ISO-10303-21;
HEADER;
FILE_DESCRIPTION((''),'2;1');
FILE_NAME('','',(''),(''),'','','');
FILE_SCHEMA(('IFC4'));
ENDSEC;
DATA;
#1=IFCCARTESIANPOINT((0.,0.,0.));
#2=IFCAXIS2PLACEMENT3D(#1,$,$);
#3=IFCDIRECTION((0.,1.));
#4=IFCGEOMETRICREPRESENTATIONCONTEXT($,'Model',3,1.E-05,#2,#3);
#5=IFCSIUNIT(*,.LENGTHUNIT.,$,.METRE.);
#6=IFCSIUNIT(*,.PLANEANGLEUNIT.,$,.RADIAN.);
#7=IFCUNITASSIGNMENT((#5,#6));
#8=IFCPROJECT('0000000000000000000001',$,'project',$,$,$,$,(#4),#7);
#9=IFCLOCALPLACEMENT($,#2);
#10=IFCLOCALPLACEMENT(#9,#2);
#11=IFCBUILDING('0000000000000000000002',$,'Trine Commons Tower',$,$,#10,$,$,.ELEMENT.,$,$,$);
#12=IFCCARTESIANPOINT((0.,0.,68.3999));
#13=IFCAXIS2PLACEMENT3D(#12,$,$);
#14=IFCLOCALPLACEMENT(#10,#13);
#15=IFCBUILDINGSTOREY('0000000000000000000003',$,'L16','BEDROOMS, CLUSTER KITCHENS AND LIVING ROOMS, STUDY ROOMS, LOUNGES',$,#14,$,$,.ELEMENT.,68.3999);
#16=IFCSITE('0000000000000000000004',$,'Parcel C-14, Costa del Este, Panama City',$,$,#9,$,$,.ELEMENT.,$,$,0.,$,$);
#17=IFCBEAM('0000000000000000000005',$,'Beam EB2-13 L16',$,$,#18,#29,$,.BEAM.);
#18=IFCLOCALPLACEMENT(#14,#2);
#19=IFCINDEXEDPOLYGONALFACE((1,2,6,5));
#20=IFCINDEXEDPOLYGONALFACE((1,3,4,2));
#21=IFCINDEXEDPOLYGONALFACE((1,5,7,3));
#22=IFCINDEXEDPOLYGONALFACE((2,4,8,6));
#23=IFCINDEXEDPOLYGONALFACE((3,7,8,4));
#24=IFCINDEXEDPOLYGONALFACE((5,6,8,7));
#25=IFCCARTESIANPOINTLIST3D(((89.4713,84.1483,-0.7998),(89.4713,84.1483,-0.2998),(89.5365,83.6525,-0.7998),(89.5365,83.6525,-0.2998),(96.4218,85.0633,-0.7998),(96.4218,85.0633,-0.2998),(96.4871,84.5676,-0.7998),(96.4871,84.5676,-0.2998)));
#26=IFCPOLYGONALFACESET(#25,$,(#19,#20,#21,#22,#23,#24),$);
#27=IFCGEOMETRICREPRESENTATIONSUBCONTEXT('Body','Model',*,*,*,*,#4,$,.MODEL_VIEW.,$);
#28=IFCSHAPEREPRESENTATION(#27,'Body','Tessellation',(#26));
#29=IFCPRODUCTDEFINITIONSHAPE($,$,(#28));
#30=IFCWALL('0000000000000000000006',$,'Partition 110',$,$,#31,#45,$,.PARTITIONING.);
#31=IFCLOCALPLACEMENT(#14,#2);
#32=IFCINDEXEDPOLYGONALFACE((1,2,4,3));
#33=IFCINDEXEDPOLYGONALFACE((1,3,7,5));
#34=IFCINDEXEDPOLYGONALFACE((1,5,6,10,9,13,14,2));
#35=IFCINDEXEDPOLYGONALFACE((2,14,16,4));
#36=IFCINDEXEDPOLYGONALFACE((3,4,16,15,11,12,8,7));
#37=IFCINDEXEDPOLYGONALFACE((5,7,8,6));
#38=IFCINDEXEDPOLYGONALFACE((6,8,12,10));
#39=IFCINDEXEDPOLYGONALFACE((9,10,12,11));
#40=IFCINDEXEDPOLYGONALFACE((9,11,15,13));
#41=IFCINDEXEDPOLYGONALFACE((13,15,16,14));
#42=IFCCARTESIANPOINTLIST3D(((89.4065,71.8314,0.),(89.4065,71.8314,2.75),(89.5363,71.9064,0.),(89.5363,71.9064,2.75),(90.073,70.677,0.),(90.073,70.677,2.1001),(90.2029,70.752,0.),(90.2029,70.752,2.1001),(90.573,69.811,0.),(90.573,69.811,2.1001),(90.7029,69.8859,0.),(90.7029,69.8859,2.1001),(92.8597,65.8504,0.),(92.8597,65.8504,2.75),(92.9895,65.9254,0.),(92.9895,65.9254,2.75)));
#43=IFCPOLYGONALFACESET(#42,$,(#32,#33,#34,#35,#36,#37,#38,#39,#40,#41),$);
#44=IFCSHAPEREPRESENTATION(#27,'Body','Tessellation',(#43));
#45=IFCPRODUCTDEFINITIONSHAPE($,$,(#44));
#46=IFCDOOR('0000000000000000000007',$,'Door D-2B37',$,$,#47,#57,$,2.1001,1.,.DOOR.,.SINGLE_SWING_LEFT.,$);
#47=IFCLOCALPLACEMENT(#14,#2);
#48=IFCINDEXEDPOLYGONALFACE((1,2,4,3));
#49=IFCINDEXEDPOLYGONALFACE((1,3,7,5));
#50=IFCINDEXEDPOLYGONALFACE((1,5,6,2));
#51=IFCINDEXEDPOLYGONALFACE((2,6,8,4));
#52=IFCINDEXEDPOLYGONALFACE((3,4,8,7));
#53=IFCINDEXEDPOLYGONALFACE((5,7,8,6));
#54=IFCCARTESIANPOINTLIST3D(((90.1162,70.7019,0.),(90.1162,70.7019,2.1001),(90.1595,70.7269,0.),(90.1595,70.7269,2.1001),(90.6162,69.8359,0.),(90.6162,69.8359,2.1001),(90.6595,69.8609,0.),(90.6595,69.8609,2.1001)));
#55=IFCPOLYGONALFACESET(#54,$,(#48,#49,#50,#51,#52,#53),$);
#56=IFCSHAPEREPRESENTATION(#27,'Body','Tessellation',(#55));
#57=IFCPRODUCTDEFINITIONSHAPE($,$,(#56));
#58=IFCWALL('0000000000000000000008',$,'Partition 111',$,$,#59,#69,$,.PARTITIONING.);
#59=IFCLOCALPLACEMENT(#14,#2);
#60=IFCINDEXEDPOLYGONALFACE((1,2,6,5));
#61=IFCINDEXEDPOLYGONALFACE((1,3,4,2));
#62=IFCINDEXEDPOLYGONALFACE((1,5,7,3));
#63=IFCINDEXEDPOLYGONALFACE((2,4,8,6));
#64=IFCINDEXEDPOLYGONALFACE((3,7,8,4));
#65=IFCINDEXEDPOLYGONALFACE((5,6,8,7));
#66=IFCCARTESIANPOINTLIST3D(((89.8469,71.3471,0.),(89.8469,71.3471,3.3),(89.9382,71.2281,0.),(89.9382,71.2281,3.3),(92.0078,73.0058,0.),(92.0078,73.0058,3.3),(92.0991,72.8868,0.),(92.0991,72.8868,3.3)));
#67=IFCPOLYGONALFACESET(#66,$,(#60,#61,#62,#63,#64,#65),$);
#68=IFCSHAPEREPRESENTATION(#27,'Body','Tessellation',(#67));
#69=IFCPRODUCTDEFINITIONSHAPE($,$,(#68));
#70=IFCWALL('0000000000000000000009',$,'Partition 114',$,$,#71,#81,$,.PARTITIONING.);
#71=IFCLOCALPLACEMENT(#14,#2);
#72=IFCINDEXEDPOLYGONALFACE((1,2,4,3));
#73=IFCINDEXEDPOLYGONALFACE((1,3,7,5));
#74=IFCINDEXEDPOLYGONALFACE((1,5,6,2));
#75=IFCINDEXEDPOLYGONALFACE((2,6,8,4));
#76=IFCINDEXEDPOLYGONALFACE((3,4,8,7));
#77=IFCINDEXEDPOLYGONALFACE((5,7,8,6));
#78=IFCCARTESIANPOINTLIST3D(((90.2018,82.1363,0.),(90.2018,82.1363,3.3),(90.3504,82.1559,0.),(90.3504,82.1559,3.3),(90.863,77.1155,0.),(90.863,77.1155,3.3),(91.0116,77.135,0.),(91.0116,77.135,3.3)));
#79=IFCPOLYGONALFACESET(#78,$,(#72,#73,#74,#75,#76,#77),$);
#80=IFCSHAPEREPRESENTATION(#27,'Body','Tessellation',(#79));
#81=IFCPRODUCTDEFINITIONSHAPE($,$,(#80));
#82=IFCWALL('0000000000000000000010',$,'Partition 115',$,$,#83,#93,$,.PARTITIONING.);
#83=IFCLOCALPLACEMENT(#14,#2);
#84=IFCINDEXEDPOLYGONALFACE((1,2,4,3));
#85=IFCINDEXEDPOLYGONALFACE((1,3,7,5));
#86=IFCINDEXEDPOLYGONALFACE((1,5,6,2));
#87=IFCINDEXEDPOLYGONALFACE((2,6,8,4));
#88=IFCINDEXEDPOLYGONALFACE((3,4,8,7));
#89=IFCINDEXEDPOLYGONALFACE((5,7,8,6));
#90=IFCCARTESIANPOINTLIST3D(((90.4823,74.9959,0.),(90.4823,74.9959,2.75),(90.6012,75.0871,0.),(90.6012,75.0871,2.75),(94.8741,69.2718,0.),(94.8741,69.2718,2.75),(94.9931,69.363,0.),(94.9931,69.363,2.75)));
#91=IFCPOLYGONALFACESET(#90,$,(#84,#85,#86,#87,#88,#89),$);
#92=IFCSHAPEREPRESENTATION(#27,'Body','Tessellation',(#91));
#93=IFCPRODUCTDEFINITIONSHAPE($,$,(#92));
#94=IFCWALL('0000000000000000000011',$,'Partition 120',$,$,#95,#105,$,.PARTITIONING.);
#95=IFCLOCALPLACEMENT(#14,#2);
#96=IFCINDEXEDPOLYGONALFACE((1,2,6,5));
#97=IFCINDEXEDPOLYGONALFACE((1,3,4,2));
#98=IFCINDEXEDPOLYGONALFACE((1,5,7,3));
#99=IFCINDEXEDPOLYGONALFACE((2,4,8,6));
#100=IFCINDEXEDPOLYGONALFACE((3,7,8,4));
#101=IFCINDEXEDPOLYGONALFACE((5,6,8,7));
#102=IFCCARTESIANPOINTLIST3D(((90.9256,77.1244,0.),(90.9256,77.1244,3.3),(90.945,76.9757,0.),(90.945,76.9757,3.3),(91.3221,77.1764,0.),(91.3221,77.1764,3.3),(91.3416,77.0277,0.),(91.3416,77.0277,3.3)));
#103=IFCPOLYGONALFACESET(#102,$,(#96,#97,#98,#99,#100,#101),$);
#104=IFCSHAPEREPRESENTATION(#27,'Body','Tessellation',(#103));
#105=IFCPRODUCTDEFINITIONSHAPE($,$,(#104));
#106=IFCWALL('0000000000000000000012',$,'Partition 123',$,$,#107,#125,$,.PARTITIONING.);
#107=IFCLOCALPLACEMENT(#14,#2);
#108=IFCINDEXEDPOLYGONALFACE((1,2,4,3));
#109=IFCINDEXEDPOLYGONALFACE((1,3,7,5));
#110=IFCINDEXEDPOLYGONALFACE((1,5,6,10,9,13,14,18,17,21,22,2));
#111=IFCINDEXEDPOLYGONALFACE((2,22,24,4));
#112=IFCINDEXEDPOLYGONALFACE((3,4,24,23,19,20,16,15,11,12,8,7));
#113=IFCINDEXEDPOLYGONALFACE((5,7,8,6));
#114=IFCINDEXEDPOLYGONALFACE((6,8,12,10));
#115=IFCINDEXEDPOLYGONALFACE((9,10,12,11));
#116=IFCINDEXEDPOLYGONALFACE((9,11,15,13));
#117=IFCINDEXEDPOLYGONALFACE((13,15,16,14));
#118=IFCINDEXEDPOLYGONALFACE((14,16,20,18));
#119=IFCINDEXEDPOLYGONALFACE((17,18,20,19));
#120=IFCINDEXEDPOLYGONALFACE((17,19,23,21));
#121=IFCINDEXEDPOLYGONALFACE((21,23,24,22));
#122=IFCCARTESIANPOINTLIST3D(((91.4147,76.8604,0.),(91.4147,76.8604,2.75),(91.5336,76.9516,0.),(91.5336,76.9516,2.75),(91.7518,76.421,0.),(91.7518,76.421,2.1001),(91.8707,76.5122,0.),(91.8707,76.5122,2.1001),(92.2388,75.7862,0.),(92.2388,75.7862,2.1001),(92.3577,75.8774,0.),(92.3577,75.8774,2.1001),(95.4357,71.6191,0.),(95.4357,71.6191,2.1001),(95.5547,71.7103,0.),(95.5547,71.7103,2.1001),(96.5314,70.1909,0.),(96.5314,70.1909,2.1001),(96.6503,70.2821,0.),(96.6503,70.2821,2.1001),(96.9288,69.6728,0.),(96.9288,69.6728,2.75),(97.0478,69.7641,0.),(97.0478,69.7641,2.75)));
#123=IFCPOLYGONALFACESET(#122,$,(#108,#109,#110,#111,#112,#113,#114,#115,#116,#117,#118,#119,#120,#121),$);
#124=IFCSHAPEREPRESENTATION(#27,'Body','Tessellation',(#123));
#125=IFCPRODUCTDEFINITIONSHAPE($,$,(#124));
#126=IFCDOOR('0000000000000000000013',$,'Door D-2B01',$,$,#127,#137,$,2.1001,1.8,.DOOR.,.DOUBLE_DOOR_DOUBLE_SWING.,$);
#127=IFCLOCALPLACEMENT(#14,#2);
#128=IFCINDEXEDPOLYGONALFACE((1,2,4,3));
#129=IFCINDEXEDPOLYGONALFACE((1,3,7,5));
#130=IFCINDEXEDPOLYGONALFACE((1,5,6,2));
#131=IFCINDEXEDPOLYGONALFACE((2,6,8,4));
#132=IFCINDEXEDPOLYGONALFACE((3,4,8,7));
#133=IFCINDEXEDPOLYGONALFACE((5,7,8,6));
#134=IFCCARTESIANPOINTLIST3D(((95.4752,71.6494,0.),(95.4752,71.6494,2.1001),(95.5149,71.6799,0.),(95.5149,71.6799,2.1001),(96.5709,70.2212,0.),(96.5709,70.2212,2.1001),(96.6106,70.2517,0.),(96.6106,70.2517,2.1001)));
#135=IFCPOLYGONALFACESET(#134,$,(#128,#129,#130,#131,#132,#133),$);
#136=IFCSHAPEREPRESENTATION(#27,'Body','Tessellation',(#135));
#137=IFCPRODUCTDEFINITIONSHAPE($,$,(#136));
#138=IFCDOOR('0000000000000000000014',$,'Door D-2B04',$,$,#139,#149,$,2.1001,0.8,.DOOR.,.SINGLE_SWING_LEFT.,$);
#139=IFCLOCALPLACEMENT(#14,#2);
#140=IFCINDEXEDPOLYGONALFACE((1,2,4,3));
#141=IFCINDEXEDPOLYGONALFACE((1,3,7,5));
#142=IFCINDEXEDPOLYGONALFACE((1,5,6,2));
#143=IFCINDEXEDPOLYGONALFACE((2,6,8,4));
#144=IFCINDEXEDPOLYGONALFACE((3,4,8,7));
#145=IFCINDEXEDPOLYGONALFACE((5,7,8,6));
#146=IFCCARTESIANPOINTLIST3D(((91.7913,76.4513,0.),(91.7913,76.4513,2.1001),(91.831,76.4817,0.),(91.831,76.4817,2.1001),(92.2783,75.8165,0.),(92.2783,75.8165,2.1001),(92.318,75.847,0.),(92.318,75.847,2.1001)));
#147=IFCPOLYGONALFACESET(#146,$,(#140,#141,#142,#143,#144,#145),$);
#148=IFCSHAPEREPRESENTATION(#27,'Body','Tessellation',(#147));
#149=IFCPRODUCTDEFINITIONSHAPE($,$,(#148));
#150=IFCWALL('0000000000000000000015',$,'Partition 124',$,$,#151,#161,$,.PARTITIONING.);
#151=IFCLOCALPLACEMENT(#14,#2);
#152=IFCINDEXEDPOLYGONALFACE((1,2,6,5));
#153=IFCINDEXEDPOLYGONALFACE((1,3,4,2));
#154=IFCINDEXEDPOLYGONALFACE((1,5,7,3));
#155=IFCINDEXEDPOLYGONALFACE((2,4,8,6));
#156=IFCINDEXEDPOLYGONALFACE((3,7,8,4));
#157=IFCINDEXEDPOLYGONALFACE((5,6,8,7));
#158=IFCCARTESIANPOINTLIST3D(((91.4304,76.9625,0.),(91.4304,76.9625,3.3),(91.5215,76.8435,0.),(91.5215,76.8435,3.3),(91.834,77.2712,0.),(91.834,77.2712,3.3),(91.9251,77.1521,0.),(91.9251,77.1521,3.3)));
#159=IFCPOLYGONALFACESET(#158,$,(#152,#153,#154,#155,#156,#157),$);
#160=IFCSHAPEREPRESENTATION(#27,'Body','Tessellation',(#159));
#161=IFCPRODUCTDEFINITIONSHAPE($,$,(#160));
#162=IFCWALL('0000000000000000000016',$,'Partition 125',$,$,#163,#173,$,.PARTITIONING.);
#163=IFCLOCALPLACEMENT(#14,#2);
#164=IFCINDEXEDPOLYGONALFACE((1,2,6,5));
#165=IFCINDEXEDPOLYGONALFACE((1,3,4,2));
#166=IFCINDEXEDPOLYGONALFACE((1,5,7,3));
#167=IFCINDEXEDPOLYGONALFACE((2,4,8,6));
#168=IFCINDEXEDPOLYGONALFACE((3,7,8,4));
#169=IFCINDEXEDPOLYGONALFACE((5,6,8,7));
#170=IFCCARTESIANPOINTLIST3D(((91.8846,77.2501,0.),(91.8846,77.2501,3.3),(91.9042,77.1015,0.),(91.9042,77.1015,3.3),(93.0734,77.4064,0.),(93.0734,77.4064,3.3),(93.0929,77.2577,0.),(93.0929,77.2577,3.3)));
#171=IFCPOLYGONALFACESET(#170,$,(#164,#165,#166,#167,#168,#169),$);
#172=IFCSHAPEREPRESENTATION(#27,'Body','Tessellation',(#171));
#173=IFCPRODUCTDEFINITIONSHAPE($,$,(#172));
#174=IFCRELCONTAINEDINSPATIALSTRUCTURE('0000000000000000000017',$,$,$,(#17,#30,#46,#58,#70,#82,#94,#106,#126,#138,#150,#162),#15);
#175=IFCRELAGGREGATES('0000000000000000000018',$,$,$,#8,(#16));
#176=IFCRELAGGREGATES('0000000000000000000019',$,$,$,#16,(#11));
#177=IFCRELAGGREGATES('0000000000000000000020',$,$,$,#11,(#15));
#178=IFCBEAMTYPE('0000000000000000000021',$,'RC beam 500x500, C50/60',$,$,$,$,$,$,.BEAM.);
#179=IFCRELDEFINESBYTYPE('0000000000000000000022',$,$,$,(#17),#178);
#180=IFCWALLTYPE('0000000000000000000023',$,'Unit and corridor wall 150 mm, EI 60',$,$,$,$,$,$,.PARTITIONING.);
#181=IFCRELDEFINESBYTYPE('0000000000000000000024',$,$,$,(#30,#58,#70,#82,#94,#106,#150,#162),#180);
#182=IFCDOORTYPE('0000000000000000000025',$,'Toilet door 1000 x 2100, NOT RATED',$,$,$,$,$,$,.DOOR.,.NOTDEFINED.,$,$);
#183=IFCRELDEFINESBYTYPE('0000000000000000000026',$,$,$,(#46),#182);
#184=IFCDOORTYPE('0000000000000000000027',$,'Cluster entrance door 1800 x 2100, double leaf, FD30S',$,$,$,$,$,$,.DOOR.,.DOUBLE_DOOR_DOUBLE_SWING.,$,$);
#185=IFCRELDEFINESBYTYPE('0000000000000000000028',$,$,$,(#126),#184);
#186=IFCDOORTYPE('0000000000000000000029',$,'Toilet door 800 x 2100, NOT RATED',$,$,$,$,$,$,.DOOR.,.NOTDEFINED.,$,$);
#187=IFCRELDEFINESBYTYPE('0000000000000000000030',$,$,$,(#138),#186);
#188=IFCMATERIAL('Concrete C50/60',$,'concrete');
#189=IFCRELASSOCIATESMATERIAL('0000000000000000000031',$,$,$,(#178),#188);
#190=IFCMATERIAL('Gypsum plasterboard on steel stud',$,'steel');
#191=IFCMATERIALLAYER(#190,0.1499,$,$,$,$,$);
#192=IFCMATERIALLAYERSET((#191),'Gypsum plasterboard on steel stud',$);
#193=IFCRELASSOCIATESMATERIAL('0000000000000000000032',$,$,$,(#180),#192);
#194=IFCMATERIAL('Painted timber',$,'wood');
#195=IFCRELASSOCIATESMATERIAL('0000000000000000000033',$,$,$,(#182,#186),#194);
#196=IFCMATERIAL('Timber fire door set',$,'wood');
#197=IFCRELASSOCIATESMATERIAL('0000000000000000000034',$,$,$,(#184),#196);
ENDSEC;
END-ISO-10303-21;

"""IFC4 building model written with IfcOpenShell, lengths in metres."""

from ifc_helpers import new_model, si_unit, direction, frame, frame_2d, origin, origin_2d, place, context, subcontext, project, spatial, rectangle, extrude, material, layer, layer_set, material_profile, profile_set, type_object, element, fill, save


model = new_model("IFC4")

# Units and contexts
model_context = context("Model", 3, precision=1e-05, world=origin(), true_north=direction((0.0, 1.0)))
body_context = subcontext(model_context, "Body", "Model", "MODEL_VIEW")
ifc_project = project(units=[si_unit("LENGTHUNIT", "METRE"), si_unit("PLANEANGLEUNIT", "RADIAN")], contexts=[model_context])

# Site, building, storey
site_placement = place(None, origin())
site = spatial("IfcSite", under=ifc_project, at=site_placement, Name="Parcel C-14, Costa del Este, Panama City", CompositionType="ELEMENT", RefElevation=0.0)
building_placement = place(site_placement, origin())
building = spatial("IfcBuilding", under=site, at=building_placement, Name="Trine Commons Tower", CompositionType="ELEMENT")
storey_placement = place(building_placement, frame((0.0, 0.0, 68.3999)))
storey = spatial("IfcBuildingStorey", under=building, at=storey_placement, Name="L16", Description="BEDROOMS, CLUSTER KITCHENS AND LIVING ROOMS, STUDY ROOMS, LOUNGES", CompositionType="ELEMENT", Elevation=68.3999)

# Beam
ifc_material_1 = material(Name="Concrete C50/60", Category="concrete")
ifc_material_profile = material_profile(ifc_material_1, rectangle(XDim=0.5, YDim=0.5, at=origin_2d()), Name="RC 500x500")
ifc_profile_set = profile_set([ifc_material_profile], Name="Concrete C50/60")
beam_type = type_object("IfcBeamType", Name="RC beam 500x500, C50/60", PredefinedType="BEAM", material=ifc_profile_set)
beam_placement = place(storey_placement, frame((89.5039, 83.9004, -0.5498), z_axis=(0.991445, 0.130526, 0.0), x_axis=(-0.130526, 0.991445, 0.0)))
element("IfcBeam", 1, at=beam_placement, inside=storey, type_object=beam_type, Name="Beam EB2-13 L16", PredefinedType="BEAM", context=body_context, shape_type="SweptSolid", body=[
    extrude(rectangle(XDim=0.5, YDim=0.5, at=origin_2d()), origin(), (0.0, 0.0, 1.0), 7.0105),
])

# Wall, opening, door
ifc_material_2 = material(Name="Gypsum plasterboard on steel stud", Category="steel")
ifc_layer_1 = layer(ifc_material_2, 0.1499)
ifc_layer_set_1 = layer_set([ifc_layer_1], Name="Gypsum plasterboard on steel stud")
wall_type_1 = type_object("IfcWallType", Name="Unit and corridor wall 150 mm, EI 60", PredefinedType="PARTITIONING", material=ifc_layer_set_1)
wall_1_placement = place(storey_placement, frame((89.4714, 71.8689, 0.0), z_axis=(0.0, 0.0, 1.0), x_axis=(0.500002, -0.866024, 0.0)))
wall_1 = element("IfcWall", 2, at=wall_1_placement, inside=storey, type_object=wall_type_1, Name="Partition 110", PredefinedType="PARTITIONING", context=body_context, shape_type="SweptSolid", body=[
    extrude(rectangle(XDim=6.9062, YDim=0.1499, at=frame_2d((3.4531, 0.0))), origin(), (0.0, 0.0, 1.0), 2.75),
])
opening_1_placement = place(wall_1_placement, frame((1.333, 0.0, 0.0)))
opening_1 = element("IfcOpeningElement", 3, at=opening_1_placement, cuts=wall_1, PredefinedType="OPENING", context=body_context, shape_type="SweptSolid", body=[
    extrude(rectangle(XDim=1.0, YDim=2.1001, at=frame_2d((0.5, 1.05))), frame((0.0, 0.085, 0.0), z_axis=(0.0, -1.0, 0.0), x_axis=(1.0, 0.0, 0.0)), (0.0, 0.0, 1.0), 0.1699),
])
ifc_material_3 = material(Name="Painted timber", Category="wood")
door_type_1 = type_object("IfcDoorType", Name="Toilet door 1000 x 2100, NOT RATED", OperationType="NOTDEFINED", PredefinedType="DOOR", material=ifc_material_3)
door_1_placement = place(opening_1_placement, origin())
door_1 = element("IfcDoor", 4, at=door_1_placement, inside=storey, type_object=door_type_1, Name="Door D-2B37", OperationType="SINGLE_SWING_LEFT", OverallHeight=2.1001, OverallWidth=1.0, PredefinedType="DOOR", context=body_context, shape_type="SweptSolid", body=[
    extrude(rectangle(XDim=1.0, YDim=2.1001, at=frame_2d((0.5, 1.05))), frame((0.0, 0.0249, 0.0), z_axis=(0.0, -1.0, 0.0), x_axis=(1.0, 0.0, 0.0)), (0.0, 0.0, 1.0), 0.05),
])
fill(opening_1, door_1)

# Walls
wall_2_placement = place(storey_placement, frame((89.8926, 71.2876, 0.0), z_axis=(0.0, 0.0, 1.0), x_axis=(0.79325, 0.608896, 0.0)))
element("IfcWall", 5, at=wall_2_placement, inside=storey, type_object=wall_type_1, Name="Partition 111", PredefinedType="PARTITIONING", context=body_context, shape_type="SweptSolid", body=[
    extrude(rectangle(XDim=2.7241, YDim=0.1499, at=frame_2d((1.3621, 0.0))), origin(), (0.0, 0.0, 1.0), 3.3),
])
wall_3_placement = place(storey_placement, frame((90.2761, 82.1462, 0.0), z_axis=(0.0, 0.0, 1.0), x_axis=(0.130553, -0.991441, 0.0)))
element("IfcWall", 6, at=wall_3_placement, inside=storey, type_object=wall_type_1, Name="Partition 114", PredefinedType="PARTITIONING", context=body_context, shape_type="SweptSolid", body=[
    extrude(rectangle(XDim=5.0642, YDim=0.1499, at=frame_2d((2.5322, 0.0))), origin(), (0.0, 0.0, 1.0), 3.3),
])
wall_4_placement = place(storey_placement, frame((90.5417, 75.0415, 0.0), z_axis=(0.0, 0.0, 1.0), x_axis=(0.608724, -0.793382, 0.0)))
element("IfcWall", 7, at=wall_4_placement, inside=storey, type_object=wall_type_1, Name="Partition 115", PredefinedType="PARTITIONING", context=body_context, shape_type="SweptSolid", body=[
    extrude(rectangle(XDim=7.2148, YDim=0.1499, at=frame_2d((3.6074, 0.0))), origin(), (0.0, 0.0, 1.0), 2.75),
])
wall_5_placement = place(storey_placement, frame((90.9353, 77.05, 0.0), z_axis=(0.0, 0.0, 1.0), x_axis=(0.991508, 0.130044, 0.0)))
element("IfcWall", 8, at=wall_5_placement, inside=storey, type_object=wall_type_1, Name="Partition 120", PredefinedType="PARTITIONING", context=body_context, shape_type="SweptSolid", body=[
    extrude(rectangle(XDim=0.3999, YDim=0.1499, at=frame_2d((0.2, 0.0))), origin(), (0.0, 0.0, 1.0), 3.3),
])

# Wall, openings, doors
wall_6_placement = place(storey_placement, frame((91.4741, 76.906, 0.0), z_axis=(0.0, 0.0, 1.0), x_axis=(0.608692, -0.793407, 0.0)))
wall_6 = element("IfcWall", 9, at=wall_6_placement, inside=storey, type_object=wall_type_1, Name="Partition 123", PredefinedType="PARTITIONING", context=body_context, shape_type="SweptSolid", body=[
    extrude(rectangle(XDim=9.0591, YDim=0.1499, at=frame_2d((4.5295, 0.0))), origin(), (0.0, 0.0, 1.0), 2.75),
])
opening_2_placement = place(wall_6_placement, frame((6.6062, 0.0, 0.0)))
opening_2 = element("IfcOpeningElement", 10, at=opening_2_placement, cuts=wall_6, PredefinedType="OPENING", context=body_context, shape_type="SweptSolid", body=[
    extrude(rectangle(XDim=1.8, YDim=2.1001, at=frame_2d((0.8999, 1.05))), frame((0.0, 0.085, 0.0), z_axis=(0.0, -1.0, 0.0), x_axis=(1.0, 0.0, 0.0)), (0.0, 0.0, 1.0), 0.1699),
])
opening_3_placement = place(wall_6_placement, frame((0.554, 0.0, 0.0)))
opening_3 = element("IfcOpeningElement", 11, at=opening_3_placement, cuts=wall_6, PredefinedType="OPENING", context=body_context, shape_type="SweptSolid", body=[
    extrude(rectangle(XDim=0.8, YDim=2.1001, at=frame_2d((0.3999, 1.05))), frame((0.0, 0.085, 0.0), z_axis=(0.0, -1.0, 0.0), x_axis=(1.0, 0.0, 0.0)), (0.0, 0.0, 1.0), 0.1699),
])
ifc_material_4 = material(Name="Timber fire door set", Category="wood")
door_type_2 = type_object("IfcDoorType", Name="Cluster entrance door 1800 x 2100, double leaf, FD30S", OperationType="DOUBLE_DOOR_DOUBLE_SWING", PredefinedType="DOOR", material=ifc_material_4)
door_2_placement = place(opening_2_placement, origin())
door_2 = element("IfcDoor", 12, at=door_2_placement, inside=storey, type_object=door_type_2, Name="Door D-2B01", OperationType="DOUBLE_DOOR_DOUBLE_SWING", OverallHeight=2.1001, OverallWidth=1.8, PredefinedType="DOOR", context=body_context, shape_type="SweptSolid", body=[
    extrude(rectangle(XDim=1.8, YDim=2.1001, at=frame_2d((0.8999, 1.05))), frame((0.0, 0.0249, 0.0), z_axis=(0.0, -1.0, 0.0), x_axis=(1.0, 0.0, 0.0)), (0.0, 0.0, 1.0), 0.05),
])
fill(opening_2, door_2)
door_type_3 = type_object("IfcDoorType", Name="Toilet door 800 x 2100, NOT RATED", OperationType="NOTDEFINED", PredefinedType="DOOR", material=ifc_material_3)
door_3_placement = place(opening_3_placement, origin())
door_3 = element("IfcDoor", 13, at=door_3_placement, inside=storey, type_object=door_type_3, Name="Door D-2B04", OperationType="SINGLE_SWING_LEFT", OverallHeight=2.1001, OverallWidth=0.8, PredefinedType="DOOR", context=body_context, shape_type="SweptSolid", body=[
    extrude(rectangle(XDim=0.8, YDim=2.1001, at=frame_2d((0.3999, 1.05))), frame((0.0, 0.0249, 0.0), z_axis=(0.0, -1.0, 0.0), x_axis=(1.0, 0.0, 0.0)), (0.0, 0.0, 1.0), 0.05),
])
fill(opening_3, door_3)

# Walls
wall_7_placement = place(storey_placement, frame((91.4761, 76.9031, 0.0), z_axis=(0.0, 0.0, 1.0), x_axis=(0.794371, 0.607432, 0.0)))
element("IfcWall", 14, at=wall_7_placement, inside=storey, type_object=wall_type_1, Name="Partition 124", PredefinedType="PARTITIONING", context=body_context, shape_type="SweptSolid", body=[
    extrude(rectangle(XDim=0.5081, YDim=0.1499, at=frame_2d((0.2539, 0.0))), origin(), (0.0, 0.0, 1.0), 3.3),
])
wall_8_placement = place(storey_placement, frame((91.8943, 77.1758, 0.0), z_axis=(0.0, 0.0, 1.0), x_axis=(0.991472, 0.130323, 0.0)))
element("IfcWall", 15, at=wall_8_placement, inside=storey, type_object=wall_type_1, Name="Partition 125", PredefinedType="PARTITIONING", context=body_context, shape_type="SweptSolid", body=[
    extrude(rectangle(XDim=1.199, YDim=0.1499, at=frame_2d((0.5996, 0.0))), origin(), (0.0, 0.0, 1.0), 3.3),
])

save(model, "model.ifc")
